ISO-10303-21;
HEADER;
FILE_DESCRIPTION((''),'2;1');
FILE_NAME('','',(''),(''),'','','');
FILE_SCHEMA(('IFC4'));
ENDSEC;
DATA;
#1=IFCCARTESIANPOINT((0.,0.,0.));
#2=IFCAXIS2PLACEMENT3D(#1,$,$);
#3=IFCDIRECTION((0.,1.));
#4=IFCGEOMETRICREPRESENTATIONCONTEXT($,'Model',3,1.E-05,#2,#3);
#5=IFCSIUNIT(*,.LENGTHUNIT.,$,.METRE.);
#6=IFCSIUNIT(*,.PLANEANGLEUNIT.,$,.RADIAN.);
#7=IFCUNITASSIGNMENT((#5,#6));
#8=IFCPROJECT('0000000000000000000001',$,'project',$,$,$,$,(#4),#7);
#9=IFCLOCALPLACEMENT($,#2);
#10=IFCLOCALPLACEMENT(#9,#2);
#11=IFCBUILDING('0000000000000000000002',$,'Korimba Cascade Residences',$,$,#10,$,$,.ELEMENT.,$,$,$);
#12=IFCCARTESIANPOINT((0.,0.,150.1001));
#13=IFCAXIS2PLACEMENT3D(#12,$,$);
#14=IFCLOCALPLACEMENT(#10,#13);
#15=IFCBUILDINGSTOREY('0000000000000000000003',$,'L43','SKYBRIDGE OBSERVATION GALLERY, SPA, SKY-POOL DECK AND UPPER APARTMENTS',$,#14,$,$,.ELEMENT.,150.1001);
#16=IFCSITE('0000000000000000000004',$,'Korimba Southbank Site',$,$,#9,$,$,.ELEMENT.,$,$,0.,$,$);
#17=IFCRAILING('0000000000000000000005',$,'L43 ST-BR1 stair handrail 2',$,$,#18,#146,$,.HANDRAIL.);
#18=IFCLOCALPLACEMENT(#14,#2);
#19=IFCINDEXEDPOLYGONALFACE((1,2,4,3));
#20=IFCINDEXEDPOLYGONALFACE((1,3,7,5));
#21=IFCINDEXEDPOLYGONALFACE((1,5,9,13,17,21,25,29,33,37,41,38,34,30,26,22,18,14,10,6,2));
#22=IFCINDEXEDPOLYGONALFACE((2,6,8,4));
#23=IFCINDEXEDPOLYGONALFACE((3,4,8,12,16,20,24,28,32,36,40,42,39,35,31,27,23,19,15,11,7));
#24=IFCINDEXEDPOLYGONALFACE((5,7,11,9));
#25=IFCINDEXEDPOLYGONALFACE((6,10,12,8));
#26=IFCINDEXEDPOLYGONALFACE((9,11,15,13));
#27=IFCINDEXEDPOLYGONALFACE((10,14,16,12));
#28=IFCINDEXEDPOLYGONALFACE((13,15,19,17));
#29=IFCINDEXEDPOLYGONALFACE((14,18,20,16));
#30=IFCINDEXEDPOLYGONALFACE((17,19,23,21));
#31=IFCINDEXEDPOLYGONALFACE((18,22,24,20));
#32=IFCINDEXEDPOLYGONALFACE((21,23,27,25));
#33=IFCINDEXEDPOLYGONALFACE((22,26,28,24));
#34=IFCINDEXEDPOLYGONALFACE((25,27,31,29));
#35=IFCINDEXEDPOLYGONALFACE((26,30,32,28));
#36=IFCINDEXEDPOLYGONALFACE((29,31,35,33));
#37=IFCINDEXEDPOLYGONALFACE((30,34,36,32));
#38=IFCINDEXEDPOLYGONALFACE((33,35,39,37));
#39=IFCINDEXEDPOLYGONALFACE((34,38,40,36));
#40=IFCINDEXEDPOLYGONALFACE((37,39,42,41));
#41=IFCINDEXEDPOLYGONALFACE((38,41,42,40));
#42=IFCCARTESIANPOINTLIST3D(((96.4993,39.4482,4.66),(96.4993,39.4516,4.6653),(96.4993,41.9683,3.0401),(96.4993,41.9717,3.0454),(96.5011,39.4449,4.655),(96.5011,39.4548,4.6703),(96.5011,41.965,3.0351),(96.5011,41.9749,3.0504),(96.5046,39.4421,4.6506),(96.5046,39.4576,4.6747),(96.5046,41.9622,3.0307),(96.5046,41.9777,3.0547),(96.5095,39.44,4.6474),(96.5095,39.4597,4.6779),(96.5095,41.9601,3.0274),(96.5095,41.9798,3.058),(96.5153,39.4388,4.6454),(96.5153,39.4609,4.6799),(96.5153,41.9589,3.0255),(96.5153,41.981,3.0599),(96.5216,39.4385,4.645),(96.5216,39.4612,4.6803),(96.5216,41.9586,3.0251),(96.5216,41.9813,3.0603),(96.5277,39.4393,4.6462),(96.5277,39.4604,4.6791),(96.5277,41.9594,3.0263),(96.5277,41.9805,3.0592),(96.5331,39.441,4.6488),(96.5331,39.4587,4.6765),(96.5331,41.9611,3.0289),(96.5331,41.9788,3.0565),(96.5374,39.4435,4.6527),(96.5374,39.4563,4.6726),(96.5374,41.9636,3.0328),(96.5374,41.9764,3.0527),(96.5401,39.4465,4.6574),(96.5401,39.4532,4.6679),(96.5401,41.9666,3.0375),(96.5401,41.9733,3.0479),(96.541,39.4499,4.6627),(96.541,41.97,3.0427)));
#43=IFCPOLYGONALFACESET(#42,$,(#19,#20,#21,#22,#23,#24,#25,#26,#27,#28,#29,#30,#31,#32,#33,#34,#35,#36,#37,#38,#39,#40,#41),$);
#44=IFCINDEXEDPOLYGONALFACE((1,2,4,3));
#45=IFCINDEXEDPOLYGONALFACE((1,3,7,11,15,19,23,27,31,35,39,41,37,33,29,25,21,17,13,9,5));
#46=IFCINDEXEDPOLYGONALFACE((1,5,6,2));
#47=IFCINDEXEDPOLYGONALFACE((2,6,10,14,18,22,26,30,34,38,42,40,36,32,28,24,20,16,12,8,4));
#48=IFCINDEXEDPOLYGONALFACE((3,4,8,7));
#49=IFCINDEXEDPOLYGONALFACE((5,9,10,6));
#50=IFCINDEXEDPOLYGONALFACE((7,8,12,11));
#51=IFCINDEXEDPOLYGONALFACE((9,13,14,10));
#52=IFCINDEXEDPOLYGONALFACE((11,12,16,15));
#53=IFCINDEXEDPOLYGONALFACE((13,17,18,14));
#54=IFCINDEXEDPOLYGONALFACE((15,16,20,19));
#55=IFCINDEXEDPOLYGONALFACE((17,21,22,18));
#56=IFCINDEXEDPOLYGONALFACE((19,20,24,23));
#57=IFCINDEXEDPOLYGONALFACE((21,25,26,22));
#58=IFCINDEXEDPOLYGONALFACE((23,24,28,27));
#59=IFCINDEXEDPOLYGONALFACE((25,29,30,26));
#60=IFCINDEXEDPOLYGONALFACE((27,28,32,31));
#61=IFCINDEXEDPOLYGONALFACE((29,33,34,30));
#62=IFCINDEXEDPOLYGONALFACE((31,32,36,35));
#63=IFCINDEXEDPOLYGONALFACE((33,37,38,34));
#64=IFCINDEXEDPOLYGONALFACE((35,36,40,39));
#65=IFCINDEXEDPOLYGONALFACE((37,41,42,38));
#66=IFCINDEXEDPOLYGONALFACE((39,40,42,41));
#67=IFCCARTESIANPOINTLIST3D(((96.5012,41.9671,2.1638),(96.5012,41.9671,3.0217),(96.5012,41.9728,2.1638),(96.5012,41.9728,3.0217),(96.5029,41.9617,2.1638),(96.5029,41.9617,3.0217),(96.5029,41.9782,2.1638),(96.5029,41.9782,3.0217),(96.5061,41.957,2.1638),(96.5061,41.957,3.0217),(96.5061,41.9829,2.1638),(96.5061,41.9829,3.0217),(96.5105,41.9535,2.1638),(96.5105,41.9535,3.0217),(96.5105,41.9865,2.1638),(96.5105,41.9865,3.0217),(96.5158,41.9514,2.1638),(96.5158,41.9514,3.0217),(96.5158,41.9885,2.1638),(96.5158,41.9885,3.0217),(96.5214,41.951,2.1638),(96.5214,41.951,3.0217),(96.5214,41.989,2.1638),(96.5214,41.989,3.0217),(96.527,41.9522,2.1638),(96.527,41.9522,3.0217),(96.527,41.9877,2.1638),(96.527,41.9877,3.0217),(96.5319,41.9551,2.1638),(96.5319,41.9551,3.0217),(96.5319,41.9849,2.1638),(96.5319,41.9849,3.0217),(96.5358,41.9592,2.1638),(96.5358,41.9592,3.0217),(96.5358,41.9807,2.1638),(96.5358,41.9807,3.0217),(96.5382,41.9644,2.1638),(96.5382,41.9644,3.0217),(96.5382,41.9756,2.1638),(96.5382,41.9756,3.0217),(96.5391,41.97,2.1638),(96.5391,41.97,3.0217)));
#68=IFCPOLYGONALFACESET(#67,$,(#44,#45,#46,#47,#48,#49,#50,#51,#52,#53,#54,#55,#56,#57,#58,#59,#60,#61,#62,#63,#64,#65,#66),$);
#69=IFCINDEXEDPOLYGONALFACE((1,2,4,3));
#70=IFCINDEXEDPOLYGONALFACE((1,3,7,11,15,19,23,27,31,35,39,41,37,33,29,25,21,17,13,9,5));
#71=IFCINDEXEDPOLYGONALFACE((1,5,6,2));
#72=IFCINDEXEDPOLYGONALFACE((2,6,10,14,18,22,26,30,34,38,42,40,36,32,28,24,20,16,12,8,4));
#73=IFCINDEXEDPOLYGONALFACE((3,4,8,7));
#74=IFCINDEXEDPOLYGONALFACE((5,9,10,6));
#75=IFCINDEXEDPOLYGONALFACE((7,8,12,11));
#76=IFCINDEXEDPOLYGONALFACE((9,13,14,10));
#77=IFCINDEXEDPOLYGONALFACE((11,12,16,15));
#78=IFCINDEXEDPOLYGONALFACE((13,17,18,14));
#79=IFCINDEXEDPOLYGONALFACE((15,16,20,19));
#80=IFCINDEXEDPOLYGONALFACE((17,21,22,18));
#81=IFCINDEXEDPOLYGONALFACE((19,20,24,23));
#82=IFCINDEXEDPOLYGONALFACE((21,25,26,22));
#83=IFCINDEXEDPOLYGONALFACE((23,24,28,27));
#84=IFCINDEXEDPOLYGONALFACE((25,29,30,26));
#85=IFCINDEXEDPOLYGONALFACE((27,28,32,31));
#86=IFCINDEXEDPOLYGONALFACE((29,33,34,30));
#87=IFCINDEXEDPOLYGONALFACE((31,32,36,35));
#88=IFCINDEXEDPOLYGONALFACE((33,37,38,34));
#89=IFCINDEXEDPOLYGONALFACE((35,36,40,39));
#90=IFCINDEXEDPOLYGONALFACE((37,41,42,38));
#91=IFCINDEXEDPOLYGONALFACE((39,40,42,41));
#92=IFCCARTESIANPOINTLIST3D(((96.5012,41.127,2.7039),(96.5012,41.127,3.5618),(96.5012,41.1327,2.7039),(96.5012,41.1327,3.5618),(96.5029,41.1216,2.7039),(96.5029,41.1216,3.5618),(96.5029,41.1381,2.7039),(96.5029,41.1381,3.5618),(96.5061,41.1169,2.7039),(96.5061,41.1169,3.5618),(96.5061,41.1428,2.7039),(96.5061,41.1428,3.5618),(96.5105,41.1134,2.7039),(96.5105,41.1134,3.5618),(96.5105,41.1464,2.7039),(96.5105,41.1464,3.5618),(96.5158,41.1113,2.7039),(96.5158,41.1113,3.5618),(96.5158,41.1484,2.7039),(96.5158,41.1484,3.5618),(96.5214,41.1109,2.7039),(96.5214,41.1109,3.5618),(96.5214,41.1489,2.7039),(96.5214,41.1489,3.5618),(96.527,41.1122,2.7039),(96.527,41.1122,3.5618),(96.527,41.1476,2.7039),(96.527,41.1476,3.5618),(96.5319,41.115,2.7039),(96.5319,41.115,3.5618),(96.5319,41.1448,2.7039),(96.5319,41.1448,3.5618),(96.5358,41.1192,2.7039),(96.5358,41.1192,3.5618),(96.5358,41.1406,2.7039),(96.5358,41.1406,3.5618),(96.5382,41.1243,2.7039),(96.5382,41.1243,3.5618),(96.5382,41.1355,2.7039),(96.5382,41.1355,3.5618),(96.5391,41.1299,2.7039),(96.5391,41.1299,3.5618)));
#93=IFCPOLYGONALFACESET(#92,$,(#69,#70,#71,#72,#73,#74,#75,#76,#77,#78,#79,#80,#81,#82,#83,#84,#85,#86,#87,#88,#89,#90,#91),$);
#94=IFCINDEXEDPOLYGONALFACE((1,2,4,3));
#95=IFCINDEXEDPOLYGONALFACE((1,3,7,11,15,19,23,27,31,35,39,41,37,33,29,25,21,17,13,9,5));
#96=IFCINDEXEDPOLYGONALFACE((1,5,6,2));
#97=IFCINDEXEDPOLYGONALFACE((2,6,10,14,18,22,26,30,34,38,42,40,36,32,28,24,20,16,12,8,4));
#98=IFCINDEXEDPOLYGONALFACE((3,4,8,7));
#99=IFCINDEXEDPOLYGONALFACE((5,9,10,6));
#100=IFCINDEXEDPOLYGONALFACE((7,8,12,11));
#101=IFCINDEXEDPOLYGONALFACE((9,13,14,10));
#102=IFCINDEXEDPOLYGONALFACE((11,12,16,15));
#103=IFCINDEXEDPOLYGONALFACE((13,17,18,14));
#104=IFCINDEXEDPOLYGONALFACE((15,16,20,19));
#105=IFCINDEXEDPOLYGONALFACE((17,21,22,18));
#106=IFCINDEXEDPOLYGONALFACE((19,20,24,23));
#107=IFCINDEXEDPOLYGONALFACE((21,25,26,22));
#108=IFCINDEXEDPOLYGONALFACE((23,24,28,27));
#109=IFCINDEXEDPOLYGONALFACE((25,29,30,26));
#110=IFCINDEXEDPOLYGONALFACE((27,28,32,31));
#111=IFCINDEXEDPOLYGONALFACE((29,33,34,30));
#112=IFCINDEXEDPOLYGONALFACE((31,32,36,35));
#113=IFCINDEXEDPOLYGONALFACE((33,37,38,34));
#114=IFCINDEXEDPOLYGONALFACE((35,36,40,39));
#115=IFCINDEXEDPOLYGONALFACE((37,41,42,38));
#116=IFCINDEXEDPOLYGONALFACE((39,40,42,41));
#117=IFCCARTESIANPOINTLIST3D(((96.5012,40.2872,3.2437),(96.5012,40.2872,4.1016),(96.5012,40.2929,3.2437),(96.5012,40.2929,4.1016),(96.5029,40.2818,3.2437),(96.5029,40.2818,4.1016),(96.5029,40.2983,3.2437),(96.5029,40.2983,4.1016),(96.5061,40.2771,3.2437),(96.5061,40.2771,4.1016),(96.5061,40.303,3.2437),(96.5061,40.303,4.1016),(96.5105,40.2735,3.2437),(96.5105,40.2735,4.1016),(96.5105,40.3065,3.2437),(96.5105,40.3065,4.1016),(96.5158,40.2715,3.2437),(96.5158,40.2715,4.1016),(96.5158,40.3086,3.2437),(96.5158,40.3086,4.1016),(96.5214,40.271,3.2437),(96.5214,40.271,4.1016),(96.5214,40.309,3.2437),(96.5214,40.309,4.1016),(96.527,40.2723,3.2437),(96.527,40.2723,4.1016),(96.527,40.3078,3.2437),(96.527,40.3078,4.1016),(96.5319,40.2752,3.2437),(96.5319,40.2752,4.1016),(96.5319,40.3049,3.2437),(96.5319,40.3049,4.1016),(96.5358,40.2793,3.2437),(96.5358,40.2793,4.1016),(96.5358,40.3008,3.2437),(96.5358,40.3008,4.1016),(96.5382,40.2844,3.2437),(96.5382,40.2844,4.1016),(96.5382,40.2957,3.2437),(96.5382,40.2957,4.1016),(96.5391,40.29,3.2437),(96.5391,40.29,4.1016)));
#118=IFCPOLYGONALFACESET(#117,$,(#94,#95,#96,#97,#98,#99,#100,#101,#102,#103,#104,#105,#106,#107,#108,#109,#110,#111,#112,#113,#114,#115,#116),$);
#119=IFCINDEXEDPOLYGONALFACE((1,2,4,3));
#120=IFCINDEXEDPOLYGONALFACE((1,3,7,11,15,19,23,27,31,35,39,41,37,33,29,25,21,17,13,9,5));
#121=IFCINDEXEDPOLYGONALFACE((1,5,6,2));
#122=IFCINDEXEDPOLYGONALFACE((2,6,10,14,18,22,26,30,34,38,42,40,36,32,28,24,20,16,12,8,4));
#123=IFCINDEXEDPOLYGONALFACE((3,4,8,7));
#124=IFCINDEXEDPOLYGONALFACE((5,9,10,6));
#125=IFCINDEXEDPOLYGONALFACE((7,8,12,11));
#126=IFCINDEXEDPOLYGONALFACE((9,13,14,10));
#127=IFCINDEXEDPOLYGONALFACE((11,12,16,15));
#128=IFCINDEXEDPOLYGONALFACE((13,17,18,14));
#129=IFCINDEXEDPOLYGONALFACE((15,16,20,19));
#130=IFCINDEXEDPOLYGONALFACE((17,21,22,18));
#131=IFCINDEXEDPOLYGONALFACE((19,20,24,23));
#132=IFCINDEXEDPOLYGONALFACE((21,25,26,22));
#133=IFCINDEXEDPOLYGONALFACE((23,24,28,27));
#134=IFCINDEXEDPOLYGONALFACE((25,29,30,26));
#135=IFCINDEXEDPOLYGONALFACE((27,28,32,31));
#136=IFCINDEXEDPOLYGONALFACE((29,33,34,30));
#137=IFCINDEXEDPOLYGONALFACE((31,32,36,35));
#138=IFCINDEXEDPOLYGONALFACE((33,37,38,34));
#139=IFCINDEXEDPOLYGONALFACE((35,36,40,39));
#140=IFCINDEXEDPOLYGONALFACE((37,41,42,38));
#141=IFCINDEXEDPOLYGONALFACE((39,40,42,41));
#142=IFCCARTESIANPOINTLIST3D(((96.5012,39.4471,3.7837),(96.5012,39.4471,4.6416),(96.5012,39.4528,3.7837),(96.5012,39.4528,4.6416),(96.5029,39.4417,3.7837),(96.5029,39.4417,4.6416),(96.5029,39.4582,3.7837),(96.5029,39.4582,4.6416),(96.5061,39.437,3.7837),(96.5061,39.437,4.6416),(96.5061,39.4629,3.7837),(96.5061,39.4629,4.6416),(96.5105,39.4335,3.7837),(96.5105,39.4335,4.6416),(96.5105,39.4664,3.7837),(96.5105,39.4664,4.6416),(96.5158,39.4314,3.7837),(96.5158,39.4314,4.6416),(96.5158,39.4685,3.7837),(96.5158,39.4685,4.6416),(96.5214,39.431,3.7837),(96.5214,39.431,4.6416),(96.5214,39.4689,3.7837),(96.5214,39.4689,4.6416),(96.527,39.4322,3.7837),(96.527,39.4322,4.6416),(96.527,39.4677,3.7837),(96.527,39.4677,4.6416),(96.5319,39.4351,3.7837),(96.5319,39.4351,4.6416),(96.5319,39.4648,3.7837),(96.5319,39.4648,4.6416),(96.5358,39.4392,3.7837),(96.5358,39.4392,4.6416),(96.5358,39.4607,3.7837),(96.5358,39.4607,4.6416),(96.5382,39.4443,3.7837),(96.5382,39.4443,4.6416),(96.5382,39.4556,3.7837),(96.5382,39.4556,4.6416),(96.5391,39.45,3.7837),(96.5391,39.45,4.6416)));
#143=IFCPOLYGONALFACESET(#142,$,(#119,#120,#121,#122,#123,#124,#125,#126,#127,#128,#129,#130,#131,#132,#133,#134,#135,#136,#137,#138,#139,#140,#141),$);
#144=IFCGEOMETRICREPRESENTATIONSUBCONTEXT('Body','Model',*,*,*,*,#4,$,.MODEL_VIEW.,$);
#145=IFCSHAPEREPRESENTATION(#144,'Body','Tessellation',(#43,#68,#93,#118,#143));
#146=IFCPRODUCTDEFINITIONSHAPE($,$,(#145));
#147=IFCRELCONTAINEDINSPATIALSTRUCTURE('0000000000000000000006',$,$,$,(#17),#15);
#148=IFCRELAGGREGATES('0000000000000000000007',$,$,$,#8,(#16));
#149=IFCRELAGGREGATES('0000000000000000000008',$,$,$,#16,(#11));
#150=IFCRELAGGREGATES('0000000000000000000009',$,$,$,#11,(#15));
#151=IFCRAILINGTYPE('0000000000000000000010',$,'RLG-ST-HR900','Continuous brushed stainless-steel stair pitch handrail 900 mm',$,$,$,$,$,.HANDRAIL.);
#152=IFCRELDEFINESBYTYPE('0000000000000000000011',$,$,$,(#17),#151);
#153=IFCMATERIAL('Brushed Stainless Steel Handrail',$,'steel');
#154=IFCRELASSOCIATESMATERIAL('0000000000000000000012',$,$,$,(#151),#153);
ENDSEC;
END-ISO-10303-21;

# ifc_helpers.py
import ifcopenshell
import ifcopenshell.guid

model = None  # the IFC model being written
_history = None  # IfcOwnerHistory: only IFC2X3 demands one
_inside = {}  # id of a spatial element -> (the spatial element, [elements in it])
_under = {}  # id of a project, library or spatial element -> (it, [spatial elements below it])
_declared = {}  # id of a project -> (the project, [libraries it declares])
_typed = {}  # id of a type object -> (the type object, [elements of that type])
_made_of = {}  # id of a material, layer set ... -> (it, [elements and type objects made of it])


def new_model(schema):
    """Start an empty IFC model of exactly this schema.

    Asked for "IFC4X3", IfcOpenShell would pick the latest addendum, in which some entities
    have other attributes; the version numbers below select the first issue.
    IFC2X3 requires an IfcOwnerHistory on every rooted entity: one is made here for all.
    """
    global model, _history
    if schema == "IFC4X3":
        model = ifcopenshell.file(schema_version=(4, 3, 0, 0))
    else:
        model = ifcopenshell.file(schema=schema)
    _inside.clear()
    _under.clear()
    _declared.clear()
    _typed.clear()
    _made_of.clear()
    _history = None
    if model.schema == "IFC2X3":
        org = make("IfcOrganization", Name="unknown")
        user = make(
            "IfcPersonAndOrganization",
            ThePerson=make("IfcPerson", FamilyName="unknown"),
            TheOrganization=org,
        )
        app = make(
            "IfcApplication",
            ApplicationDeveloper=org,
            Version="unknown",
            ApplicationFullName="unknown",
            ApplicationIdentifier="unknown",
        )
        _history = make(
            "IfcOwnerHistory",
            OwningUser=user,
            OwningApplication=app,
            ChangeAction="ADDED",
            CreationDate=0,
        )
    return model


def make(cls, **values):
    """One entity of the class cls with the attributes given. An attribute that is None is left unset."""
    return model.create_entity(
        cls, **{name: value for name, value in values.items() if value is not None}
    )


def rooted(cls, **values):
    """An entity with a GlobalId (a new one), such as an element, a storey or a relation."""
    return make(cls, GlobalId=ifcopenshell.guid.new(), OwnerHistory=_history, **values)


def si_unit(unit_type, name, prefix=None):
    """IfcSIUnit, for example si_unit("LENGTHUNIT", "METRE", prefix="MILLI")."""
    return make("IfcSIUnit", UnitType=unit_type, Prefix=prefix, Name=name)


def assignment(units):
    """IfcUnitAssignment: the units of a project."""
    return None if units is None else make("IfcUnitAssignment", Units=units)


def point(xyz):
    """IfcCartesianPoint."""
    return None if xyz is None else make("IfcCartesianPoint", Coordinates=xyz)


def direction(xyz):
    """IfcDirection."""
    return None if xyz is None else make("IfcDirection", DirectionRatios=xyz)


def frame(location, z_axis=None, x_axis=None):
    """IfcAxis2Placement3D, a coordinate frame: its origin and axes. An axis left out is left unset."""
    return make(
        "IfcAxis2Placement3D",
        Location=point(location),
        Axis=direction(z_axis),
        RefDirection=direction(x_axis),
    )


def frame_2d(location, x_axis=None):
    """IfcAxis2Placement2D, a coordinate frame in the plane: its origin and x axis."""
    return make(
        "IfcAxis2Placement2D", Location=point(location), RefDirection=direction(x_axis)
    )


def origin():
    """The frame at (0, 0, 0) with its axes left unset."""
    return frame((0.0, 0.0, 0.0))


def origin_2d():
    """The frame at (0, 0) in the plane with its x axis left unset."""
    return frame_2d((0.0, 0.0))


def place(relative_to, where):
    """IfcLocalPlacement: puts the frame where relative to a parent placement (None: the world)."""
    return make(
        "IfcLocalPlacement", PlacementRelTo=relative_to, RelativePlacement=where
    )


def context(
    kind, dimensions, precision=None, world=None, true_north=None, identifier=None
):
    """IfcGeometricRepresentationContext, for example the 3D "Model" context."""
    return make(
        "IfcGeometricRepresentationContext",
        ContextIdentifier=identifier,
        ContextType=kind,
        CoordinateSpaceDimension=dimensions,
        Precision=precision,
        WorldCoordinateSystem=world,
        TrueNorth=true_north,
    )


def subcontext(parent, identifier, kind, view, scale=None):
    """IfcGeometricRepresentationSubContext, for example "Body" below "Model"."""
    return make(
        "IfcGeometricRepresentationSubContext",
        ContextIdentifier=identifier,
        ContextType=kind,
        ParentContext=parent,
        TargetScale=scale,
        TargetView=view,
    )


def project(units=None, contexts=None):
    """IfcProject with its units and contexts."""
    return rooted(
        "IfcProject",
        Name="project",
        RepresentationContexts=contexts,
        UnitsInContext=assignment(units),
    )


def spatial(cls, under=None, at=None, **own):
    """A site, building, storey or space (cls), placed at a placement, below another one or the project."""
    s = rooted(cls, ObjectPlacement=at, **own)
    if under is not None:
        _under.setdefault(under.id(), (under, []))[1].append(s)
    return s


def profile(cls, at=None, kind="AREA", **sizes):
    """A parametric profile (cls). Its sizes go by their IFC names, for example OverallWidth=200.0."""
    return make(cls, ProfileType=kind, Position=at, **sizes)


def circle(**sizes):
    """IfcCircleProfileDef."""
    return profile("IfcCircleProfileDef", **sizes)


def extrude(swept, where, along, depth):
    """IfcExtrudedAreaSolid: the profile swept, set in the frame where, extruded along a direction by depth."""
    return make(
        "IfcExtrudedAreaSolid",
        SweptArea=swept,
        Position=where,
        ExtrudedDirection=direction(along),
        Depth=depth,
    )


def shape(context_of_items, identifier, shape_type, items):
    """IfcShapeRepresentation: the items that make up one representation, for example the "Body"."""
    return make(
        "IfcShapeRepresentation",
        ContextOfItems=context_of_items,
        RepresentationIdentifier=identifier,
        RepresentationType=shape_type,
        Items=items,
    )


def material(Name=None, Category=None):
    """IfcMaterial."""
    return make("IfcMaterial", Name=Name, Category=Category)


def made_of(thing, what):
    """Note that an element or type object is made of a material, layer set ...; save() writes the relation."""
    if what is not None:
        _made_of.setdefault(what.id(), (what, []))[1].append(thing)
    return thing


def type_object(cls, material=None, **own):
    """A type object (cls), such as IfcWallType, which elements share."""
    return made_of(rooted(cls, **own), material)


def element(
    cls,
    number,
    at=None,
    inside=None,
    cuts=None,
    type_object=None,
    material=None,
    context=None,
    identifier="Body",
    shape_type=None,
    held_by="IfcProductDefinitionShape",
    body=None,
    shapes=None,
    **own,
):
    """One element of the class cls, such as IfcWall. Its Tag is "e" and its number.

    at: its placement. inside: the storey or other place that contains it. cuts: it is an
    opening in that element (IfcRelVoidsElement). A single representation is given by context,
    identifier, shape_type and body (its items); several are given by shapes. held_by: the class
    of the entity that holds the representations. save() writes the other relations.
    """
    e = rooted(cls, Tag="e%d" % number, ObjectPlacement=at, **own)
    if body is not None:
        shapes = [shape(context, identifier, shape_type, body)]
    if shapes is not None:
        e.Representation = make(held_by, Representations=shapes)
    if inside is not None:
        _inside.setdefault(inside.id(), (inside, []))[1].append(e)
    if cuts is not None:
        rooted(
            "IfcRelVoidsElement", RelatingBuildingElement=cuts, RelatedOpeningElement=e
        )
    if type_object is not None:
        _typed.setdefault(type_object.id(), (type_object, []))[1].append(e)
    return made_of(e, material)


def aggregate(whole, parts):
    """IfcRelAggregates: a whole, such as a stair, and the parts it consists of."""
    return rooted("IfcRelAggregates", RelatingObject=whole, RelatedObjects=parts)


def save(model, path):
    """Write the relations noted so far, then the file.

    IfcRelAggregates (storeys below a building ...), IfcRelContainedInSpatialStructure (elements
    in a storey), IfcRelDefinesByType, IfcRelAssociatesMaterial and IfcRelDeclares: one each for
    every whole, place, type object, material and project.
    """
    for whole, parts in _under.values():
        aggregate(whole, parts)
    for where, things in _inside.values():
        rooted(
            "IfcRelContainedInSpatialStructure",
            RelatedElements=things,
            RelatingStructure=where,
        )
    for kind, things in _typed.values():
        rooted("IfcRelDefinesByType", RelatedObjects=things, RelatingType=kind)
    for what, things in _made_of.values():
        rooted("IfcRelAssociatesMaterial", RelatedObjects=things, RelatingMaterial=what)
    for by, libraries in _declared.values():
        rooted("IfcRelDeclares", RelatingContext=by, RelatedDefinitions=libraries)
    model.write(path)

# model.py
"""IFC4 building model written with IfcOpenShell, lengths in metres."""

from ifc_helpers import new_model, si_unit, direction, frame, origin, origin_2d, place, context, subcontext, project, spatial, circle, extrude, material, type_object, element, save


model = new_model("IFC4")

# Units and contexts
model_context = context("Model", 3, precision=1e-05, world=origin(), true_north=direction((0.0, 1.0)))
body_context = subcontext(model_context, "Body", "Model", "MODEL_VIEW")
ifc_project = project(units=[si_unit("LENGTHUNIT", "METRE"), si_unit("PLANEANGLEUNIT", "RADIAN")], contexts=[model_context])

# Site, building, storey
site_placement = place(None, origin())
site = spatial("IfcSite", under=ifc_project, at=site_placement, Name="Korimba Southbank Site", CompositionType="ELEMENT", RefElevation=0.0)
building_placement = place(site_placement, origin())
building = spatial("IfcBuilding", under=site, at=building_placement, Name="Korimba Cascade Residences", CompositionType="ELEMENT")
storey_placement = place(building_placement, frame((0.0, 0.0, 150.1001)))
storey = spatial("IfcBuildingStorey", under=building, at=storey_placement, Name="L43", Description="SKYBRIDGE OBSERVATION GALLERY, SPA, SKY-POOL DECK AND UPPER APARTMENTS", CompositionType="ELEMENT", Elevation=150.1001)

# Railing
ifc_material_1 = material(Name="Brushed Stainless Steel Handrail", Category="steel")
railing_type_1 = type_object("IfcRailingType", Name="RLG-ST-HR900", Description="Continuous brushed stainless-steel stair pitch handrail 900 mm", PredefinedType="HANDRAIL", material=ifc_material_1)
railing_1_placement = place(storey_placement, frame((96.52, 41.97, 2.1638)))
element("IfcRailing", 1, at=railing_1_placement, inside=storey, type_object=railing_type_1, Name="L43 ST-BR1 stair handrail 2", PredefinedType="HANDRAIL", context=body_context, shape_type="SweptSolid", body=[
    extrude(circle(Radius=0.021, at=origin_2d()), frame((0.0, 0.0, 0.8789), z_axis=(0.0, -0.8412, 0.540725), x_axis=(1.0, 0.0, 0.0)), (0.0, 0.0, 1.0), 2.9958),
    extrude(circle(Radius=0.019, at=origin_2d()), origin(), (0.0, 0.0, 1.0), 0.8579),
    extrude(circle(Radius=0.019, at=origin_2d()), frame((0.0, -0.8401, 0.54)), (0.0, 0.0, 1.0), 0.8579),
    extrude(circle(Radius=0.019, at=origin_2d()), frame((0.0, -1.6799, 1.0798)), (0.0, 0.0, 1.0), 0.8579),
    extrude(circle(Radius=0.019, at=origin_2d()), frame((0.0, -2.52, 1.6199)), (0.0, 0.0, 1.0), 0.8579),
])

save(model, "model.ifc")
